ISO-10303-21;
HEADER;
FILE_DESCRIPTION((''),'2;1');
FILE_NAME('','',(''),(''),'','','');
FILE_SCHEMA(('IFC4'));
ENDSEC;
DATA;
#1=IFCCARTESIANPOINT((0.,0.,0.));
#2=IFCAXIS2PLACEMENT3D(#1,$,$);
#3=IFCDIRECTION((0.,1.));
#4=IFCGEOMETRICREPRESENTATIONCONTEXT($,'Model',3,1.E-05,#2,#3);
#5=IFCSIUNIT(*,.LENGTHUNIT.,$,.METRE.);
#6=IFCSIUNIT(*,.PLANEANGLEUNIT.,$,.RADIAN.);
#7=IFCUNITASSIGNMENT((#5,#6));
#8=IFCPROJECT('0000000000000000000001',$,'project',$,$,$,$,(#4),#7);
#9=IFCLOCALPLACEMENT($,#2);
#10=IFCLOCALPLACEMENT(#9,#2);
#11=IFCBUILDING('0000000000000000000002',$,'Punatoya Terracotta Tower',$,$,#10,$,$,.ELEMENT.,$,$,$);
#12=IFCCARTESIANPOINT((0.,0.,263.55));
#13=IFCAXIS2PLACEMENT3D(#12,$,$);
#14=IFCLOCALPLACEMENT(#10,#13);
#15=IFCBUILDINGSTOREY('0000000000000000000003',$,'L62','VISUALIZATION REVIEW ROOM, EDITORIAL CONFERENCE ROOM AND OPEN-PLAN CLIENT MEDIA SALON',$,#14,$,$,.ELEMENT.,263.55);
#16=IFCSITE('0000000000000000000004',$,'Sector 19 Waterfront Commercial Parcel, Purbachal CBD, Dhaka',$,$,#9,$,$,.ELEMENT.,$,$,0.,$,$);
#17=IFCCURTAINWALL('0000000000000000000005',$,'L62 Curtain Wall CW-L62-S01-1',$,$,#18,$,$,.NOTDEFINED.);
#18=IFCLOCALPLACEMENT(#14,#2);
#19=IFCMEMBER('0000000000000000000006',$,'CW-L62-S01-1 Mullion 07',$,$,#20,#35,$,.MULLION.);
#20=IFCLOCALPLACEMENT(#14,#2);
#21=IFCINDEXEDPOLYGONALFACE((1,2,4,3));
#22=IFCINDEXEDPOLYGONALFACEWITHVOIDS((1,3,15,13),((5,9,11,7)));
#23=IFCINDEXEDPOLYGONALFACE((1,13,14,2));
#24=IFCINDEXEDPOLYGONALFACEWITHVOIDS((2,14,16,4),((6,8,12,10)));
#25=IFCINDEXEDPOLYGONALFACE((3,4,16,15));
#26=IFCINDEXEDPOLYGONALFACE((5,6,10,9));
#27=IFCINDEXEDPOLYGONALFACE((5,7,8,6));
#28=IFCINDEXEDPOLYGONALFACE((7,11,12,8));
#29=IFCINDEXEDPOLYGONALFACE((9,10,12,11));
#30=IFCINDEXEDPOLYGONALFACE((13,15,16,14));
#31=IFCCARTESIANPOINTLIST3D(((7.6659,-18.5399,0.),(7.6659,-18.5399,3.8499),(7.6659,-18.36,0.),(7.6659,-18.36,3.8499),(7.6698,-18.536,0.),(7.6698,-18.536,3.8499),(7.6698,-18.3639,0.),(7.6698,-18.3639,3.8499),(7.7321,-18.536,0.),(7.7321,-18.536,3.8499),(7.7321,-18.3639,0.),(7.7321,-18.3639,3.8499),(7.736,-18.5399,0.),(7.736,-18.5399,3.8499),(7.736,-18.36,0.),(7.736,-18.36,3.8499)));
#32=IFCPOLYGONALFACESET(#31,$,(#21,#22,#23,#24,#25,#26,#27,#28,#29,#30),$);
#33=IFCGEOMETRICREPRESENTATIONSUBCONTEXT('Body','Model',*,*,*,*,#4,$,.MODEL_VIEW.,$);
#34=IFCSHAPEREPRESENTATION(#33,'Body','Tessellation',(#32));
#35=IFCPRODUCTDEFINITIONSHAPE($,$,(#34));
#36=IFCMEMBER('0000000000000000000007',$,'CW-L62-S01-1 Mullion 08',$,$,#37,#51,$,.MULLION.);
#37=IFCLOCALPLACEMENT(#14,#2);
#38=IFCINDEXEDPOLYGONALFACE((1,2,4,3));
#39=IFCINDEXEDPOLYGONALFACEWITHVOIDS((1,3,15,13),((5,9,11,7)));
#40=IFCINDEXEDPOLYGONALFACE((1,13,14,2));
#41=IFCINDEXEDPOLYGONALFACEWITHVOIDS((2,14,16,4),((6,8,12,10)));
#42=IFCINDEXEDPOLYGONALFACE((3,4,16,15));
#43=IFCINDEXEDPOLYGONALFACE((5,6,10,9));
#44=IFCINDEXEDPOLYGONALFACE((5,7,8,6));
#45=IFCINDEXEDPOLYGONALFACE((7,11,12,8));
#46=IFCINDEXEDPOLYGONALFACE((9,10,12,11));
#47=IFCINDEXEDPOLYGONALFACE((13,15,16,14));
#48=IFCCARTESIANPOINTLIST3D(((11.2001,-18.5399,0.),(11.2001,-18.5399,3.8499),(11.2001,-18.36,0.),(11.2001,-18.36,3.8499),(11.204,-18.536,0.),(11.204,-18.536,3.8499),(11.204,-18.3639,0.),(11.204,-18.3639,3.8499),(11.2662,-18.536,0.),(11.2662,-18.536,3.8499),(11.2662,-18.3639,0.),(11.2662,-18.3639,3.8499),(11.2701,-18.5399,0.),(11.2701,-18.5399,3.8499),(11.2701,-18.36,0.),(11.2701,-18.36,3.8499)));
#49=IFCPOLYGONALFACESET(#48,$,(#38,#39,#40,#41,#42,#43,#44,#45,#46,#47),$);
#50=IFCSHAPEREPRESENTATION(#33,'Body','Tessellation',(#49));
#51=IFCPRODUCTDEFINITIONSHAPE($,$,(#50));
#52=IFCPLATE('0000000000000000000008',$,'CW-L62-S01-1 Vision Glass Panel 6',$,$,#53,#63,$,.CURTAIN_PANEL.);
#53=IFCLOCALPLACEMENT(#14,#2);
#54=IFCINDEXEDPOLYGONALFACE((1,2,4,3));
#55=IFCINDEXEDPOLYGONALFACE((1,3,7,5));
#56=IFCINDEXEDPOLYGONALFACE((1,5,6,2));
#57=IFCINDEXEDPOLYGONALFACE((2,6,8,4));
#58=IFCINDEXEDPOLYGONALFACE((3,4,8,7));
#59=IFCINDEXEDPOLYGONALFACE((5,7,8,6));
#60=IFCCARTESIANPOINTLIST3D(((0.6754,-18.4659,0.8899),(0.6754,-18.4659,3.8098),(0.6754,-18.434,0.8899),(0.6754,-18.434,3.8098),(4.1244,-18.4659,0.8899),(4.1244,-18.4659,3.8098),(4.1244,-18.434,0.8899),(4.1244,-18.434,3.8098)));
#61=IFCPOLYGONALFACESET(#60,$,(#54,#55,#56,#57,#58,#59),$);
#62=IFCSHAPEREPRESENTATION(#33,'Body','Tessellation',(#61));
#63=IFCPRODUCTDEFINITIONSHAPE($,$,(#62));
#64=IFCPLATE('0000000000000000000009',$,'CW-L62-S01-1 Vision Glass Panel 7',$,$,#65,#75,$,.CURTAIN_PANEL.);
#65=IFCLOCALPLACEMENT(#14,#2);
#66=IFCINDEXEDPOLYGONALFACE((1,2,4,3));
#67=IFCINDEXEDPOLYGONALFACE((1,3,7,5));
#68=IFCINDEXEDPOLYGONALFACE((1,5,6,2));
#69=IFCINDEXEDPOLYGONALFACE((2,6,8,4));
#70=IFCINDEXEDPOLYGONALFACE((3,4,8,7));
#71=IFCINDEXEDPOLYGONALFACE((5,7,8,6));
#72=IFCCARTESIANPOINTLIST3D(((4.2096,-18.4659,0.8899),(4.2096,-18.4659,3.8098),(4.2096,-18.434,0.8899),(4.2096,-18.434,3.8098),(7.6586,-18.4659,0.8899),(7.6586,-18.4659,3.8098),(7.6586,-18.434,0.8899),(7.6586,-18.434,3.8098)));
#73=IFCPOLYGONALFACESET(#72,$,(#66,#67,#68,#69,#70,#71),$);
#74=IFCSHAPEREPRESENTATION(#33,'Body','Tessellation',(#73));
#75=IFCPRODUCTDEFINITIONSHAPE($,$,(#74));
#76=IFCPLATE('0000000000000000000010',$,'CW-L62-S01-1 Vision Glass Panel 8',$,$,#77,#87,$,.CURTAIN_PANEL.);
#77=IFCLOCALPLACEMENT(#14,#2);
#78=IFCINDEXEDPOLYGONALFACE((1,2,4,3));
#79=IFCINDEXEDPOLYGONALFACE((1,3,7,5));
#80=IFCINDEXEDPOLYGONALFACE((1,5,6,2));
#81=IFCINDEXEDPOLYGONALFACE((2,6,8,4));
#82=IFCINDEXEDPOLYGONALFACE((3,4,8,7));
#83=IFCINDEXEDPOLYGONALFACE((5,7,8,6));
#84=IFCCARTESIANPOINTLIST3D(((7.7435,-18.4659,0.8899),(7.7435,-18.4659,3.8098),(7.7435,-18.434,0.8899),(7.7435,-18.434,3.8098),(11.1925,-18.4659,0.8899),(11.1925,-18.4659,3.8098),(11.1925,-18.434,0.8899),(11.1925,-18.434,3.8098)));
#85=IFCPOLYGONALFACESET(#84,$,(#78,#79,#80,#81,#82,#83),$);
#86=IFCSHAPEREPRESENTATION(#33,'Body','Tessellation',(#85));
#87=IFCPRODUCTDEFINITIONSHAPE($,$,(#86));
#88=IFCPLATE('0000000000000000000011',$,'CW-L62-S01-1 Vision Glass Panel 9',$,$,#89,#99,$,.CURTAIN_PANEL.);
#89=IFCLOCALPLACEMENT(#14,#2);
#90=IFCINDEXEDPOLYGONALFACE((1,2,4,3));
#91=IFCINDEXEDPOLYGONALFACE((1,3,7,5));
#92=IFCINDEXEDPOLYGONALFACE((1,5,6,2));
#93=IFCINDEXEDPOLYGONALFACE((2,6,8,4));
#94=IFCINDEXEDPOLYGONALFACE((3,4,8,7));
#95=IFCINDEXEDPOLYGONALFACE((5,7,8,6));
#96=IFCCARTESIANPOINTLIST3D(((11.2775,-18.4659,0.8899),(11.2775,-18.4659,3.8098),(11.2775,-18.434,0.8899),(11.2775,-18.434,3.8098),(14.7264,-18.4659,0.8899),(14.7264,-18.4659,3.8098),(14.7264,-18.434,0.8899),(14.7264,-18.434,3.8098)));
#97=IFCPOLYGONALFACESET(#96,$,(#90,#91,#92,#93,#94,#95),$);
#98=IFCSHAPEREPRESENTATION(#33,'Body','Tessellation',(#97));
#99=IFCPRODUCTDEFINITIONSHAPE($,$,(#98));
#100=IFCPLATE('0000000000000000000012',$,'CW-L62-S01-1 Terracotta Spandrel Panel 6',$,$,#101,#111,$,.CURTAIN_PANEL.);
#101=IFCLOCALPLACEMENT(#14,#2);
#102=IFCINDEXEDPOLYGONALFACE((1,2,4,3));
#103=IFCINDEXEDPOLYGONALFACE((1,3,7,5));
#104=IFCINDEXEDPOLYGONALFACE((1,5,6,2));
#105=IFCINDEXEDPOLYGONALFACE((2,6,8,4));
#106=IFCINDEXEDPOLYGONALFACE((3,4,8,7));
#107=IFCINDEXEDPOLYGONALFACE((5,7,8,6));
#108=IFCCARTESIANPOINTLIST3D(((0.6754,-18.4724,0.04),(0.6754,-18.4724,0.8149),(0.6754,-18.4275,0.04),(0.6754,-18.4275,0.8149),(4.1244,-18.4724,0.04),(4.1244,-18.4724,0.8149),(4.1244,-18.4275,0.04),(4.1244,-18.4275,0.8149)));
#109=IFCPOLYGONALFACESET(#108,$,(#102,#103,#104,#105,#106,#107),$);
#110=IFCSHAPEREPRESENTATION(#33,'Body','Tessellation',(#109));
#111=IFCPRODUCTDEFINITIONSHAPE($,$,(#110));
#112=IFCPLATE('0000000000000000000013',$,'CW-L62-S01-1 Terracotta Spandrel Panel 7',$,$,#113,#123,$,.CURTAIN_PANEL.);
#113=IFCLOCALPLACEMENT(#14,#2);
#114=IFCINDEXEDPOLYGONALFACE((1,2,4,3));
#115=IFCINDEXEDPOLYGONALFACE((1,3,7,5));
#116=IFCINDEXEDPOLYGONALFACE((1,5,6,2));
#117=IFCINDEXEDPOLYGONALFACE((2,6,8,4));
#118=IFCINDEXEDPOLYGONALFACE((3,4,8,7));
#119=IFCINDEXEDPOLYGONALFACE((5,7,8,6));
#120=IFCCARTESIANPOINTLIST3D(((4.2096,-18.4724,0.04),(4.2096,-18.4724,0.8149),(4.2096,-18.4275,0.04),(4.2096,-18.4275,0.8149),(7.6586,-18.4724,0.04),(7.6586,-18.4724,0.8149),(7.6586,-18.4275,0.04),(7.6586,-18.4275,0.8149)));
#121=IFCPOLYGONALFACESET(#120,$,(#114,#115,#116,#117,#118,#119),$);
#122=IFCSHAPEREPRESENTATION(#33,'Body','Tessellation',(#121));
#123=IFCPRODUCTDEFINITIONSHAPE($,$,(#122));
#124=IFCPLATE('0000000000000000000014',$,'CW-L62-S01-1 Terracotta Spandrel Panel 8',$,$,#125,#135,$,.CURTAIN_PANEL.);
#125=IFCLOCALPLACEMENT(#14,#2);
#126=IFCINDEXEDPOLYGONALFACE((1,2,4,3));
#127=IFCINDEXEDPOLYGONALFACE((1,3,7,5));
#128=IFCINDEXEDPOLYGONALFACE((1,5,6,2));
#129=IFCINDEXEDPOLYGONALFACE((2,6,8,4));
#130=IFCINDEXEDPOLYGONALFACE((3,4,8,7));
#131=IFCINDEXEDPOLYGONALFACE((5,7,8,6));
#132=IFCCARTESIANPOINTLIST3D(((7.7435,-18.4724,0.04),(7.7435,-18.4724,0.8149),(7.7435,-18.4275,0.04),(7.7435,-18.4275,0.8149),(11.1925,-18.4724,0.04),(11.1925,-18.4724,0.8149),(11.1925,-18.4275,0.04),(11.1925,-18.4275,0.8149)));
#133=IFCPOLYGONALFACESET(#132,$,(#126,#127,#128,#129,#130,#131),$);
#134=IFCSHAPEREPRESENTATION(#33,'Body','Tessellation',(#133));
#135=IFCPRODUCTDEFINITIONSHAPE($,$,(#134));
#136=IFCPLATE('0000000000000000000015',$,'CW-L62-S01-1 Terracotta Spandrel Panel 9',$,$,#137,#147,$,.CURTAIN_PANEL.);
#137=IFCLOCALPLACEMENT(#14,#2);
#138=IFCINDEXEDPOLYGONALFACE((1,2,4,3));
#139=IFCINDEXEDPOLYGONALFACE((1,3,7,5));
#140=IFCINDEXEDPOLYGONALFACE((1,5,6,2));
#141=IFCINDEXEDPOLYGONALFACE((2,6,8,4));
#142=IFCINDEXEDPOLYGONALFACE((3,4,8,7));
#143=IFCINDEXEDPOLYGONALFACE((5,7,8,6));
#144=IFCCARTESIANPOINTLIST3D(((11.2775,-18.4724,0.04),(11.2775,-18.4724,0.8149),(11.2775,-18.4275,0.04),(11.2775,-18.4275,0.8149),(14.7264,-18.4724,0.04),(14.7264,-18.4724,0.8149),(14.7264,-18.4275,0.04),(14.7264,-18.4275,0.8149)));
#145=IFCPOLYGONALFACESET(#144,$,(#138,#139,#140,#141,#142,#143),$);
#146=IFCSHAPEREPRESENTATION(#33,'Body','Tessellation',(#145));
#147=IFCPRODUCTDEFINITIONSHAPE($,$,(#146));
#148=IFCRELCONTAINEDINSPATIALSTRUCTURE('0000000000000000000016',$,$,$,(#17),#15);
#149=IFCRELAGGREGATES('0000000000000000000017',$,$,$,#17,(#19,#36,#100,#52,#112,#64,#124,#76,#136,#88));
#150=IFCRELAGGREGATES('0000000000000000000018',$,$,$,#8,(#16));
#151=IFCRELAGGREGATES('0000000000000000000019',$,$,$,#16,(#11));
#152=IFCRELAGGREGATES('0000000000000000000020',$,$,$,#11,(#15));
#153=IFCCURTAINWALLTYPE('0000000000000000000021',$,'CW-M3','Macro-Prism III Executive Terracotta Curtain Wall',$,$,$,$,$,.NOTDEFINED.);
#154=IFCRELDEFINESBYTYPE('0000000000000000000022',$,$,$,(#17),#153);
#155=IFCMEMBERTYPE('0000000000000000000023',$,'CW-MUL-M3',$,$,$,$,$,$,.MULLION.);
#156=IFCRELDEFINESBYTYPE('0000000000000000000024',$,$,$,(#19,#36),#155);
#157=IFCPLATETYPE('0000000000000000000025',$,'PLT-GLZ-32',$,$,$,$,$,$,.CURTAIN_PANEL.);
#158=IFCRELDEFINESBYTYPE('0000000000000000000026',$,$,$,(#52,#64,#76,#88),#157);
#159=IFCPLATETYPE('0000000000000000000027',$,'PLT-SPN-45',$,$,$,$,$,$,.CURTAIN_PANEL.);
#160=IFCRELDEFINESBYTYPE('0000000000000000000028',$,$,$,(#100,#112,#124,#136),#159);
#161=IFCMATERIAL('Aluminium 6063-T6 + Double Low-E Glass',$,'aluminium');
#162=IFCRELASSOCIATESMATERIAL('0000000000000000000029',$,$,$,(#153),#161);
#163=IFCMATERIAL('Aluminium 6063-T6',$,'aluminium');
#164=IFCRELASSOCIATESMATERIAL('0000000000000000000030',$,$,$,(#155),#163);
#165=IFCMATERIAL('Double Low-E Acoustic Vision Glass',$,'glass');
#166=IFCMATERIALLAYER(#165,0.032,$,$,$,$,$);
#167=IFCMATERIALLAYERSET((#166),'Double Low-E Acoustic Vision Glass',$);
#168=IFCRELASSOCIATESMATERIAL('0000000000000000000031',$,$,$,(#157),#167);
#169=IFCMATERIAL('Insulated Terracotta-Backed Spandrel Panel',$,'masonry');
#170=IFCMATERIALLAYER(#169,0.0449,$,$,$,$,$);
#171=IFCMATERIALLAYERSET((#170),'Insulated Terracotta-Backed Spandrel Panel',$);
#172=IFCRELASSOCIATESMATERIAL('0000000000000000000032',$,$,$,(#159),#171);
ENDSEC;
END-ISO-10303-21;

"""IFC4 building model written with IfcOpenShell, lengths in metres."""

from ifc_helpers import new_model, si_unit, direction, frame, origin, origin_2d, place, context, subcontext, project, spatial, rectangle, hollow_rectangle, extrude, material, layer, layer_set, material_profile, profile_set, type_object, element, aggregate, save


model = new_model("IFC4")

# Units and contexts
model_context = context("Model", 3, precision=1e-05, world=origin(), true_north=direction((0.0, 1.0)))
body_context = subcontext(model_context, "Body", "Model", "MODEL_VIEW")
ifc_project = project(units=[si_unit("LENGTHUNIT", "METRE"), si_unit("PLANEANGLEUNIT", "RADIAN")], contexts=[model_context])

# Site, building, storey
site_placement = place(None, origin())
site = spatial("IfcSite", under=ifc_project, at=site_placement, Name="Sector 19 Waterfront Commercial Parcel, Purbachal CBD, Dhaka", CompositionType="ELEMENT", RefElevation=0.0)
building_placement = place(site_placement, origin())
building = spatial("IfcBuilding", under=site, at=building_placement, Name="Punatoya Terracotta Tower", CompositionType="ELEMENT")
storey_placement = place(building_placement, frame((0.0, 0.0, 263.55)))
storey = spatial("IfcBuildingStorey", under=building, at=storey_placement, Name="L62", Description="VISUALIZATION REVIEW ROOM, EDITORIAL CONFERENCE ROOM AND OPEN-PLAN CLIENT MEDIA SALON", CompositionType="ELEMENT", Elevation=263.55)

# Curtain wall, members, plates
ifc_material_1 = material(Name="Aluminium 6063-T6 + Double Low-E Glass", Category="aluminium")
curtain_wall_type = type_object("IfcCurtainWallType", Name="CW-M3", Description="Macro-Prism III Executive Terracotta Curtain Wall", PredefinedType="NOTDEFINED", material=ifc_material_1)
curtain_wall_placement = place(storey_placement, origin())
curtain_wall = element("IfcCurtainWall", 1, at=curtain_wall_placement, inside=storey, type_object=curtain_wall_type, Name="L62 Curtain Wall CW-L62-S01-1", PredefinedType="NOTDEFINED")
ifc_material_2 = material(Name="Aluminium 6063-T6", Category="aluminium")
ifc_material_profile_1 = material_profile(ifc_material_2, hollow_rectangle(XDim=0.0701, YDim=0.1799, WallThickness=0.0039, at=origin_2d()))
ifc_profile_set_1 = profile_set([ifc_material_profile_1], Name="Aluminium 6063-T6")
member_type = type_object("IfcMemberType", Name="CW-MUL-M3", PredefinedType="MULLION", material=ifc_profile_set_1)
member_1_placement = place(storey_placement, frame((7.7009, -18.45, 0.0), z_axis=(0.0, 0.0, 1.0), x_axis=(1.0, 0.0, 0.0)))
member_1 = element("IfcMember", 2, at=member_1_placement, type_object=member_type, Name="CW-L62-S01-1 Mullion 07", PredefinedType="MULLION", context=body_context, shape_type="SweptSolid", body=[
    extrude(hollow_rectangle(XDim=0.0701, YDim=0.1799, WallThickness=0.0039, at=origin_2d()), origin(), (0.0, 0.0, 1.0), 3.8499),
])
member_2_placement = place(storey_placement, frame((11.2351, -18.45, 0.0), z_axis=(0.0, 0.0, 1.0), x_axis=(1.0, 0.0, 0.0)))
member_2 = element("IfcMember", 3, at=member_2_placement, type_object=member_type, Name="CW-L62-S01-1 Mullion 08", PredefinedType="MULLION", context=body_context, shape_type="SweptSolid", body=[
    extrude(hollow_rectangle(XDim=0.0701, YDim=0.1799, WallThickness=0.0039, at=origin_2d()), origin(), (0.0, 0.0, 1.0), 3.8499),
])
ifc_material_3 = material(Name="Double Low-E Acoustic Vision Glass", Category="glass")
ifc_layer_1 = layer(ifc_material_3, 0.032)
ifc_layer_set_1 = layer_set([ifc_layer_1], Name="Double Low-E Acoustic Vision Glass")
plate_type_1 = type_object("IfcPlateType", Name="PLT-GLZ-32", PredefinedType="CURTAIN_PANEL", material=ifc_layer_set_1)
plate_1_placement = place(storey_placement, frame((2.3999, -18.45, 0.8899), z_axis=(0.0, 0.0, 1.0), x_axis=(1.0, 0.0, 0.0)))
plate_1 = element("IfcPlate", 4, at=plate_1_placement, type_object=plate_type_1, Name="CW-L62-S01-1 Vision Glass Panel 6", PredefinedType="CURTAIN_PANEL", context=body_context, shape_type="SweptSolid", body=[
    extrude(rectangle(XDim=3.449, YDim=0.032, at=origin_2d()), origin(), (0.0, 0.0, 1.0), 2.9199),
])
plate_2_placement = place(storey_placement, frame((5.9341, -18.45, 0.8899), z_axis=(0.0, 0.0, 1.0), x_axis=(1.0, 0.0, 0.0)))
plate_2 = element("IfcPlate", 5, at=plate_2_placement, type_object=plate_type_1, Name="CW-L62-S01-1 Vision Glass Panel 7", PredefinedType="CURTAIN_PANEL", context=body_context, shape_type="SweptSolid", body=[
    extrude(rectangle(XDim=3.449, YDim=0.032, at=origin_2d()), origin(), (0.0, 0.0, 1.0), 2.9199),
])
plate_3_placement = place(storey_placement, frame((9.468, -18.45, 0.8899), z_axis=(0.0, 0.0, 1.0), x_axis=(1.0, 0.0, 0.0)))
plate_3 = element("IfcPlate", 6, at=plate_3_placement, type_object=plate_type_1, Name="CW-L62-S01-1 Vision Glass Panel 8", PredefinedType="CURTAIN_PANEL", context=body_context, shape_type="SweptSolid", body=[
    extrude(rectangle(XDim=3.449, YDim=0.032, at=origin_2d()), origin(), (0.0, 0.0, 1.0), 2.9199),
])
plate_4_placement = place(storey_placement, frame((13.002, -18.45, 0.8899), z_axis=(0.0, 0.0, 1.0), x_axis=(1.0, 0.0, 0.0)))
plate_4 = element("IfcPlate", 7, at=plate_4_placement, type_object=plate_type_1, Name="CW-L62-S01-1 Vision Glass Panel 9", PredefinedType="CURTAIN_PANEL", context=body_context, shape_type="SweptSolid", body=[
    extrude(rectangle(XDim=3.449, YDim=0.032, at=origin_2d()), origin(), (0.0, 0.0, 1.0), 2.9199),
])
ifc_material_4 = material(Name="Insulated Terracotta-Backed Spandrel Panel", Category="masonry")
ifc_layer_2 = layer(ifc_material_4, 0.0449)
ifc_layer_set_2 = layer_set([ifc_layer_2], Name="Insulated Terracotta-Backed Spandrel Panel")
plate_type_2 = type_object("IfcPlateType", Name="PLT-SPN-45", PredefinedType="CURTAIN_PANEL", material=ifc_layer_set_2)
plate_5_placement = place(storey_placement, frame((2.3999, -18.45, 0.04), z_axis=(0.0, 0.0, 1.0), x_axis=(1.0, 0.0, 0.0)))
plate_5 = element("IfcPlate", 8, at=plate_5_placement, type_object=plate_type_2, Name="CW-L62-S01-1 Terracotta Spandrel Panel 6", PredefinedType="CURTAIN_PANEL", context=body_context, shape_type="SweptSolid", body=[
    extrude(rectangle(XDim=3.449, YDim=0.0449, at=origin_2d()), origin(), (0.0, 0.0, 1.0), 0.7749),
])
plate_6_placement = place(storey_placement, frame((5.9341, -18.45, 0.04), z_axis=(0.0, 0.0, 1.0), x_axis=(1.0, 0.0, 0.0)))
plate_6 = element("IfcPlate", 9, at=plate_6_placement, type_object=plate_type_2, Name="CW-L62-S01-1 Terracotta Spandrel Panel 7", PredefinedType="CURTAIN_PANEL", context=body_context, shape_type="SweptSolid", body=[
    extrude(rectangle(XDim=3.449, YDim=0.0449, at=origin_2d()), origin(), (0.0, 0.0, 1.0), 0.7749),
])
plate_7_placement = place(storey_placement, frame((9.468, -18.45, 0.04), z_axis=(0.0, 0.0, 1.0), x_axis=(1.0, 0.0, 0.0)))
plate_7 = element("IfcPlate", 10, at=plate_7_placement, type_object=plate_type_2, Name="CW-L62-S01-1 Terracotta Spandrel Panel 8", PredefinedType="CURTAIN_PANEL", context=body_context, shape_type="SweptSolid", body=[
    extrude(rectangle(XDim=3.449, YDim=0.0449, at=origin_2d()), origin(), (0.0, 0.0, 1.0), 0.7749),
])
plate_8_placement = place(storey_placement, frame((13.002, -18.45, 0.04), z_axis=(0.0, 0.0, 1.0), x_axis=(1.0, 0.0, 0.0)))
plate_8 = element("IfcPlate", 11, at=plate_8_placement, type_object=plate_type_2, Name="CW-L62-S01-1 Terracotta Spandrel Panel 9", PredefinedType="CURTAIN_PANEL", context=body_context, shape_type="SweptSolid", body=[
    extrude(rectangle(XDim=3.449, YDim=0.0449, at=origin_2d()), origin(), (0.0, 0.0, 1.0), 0.7749),
])
aggregate(curtain_wall, [member_1, member_2, plate_5, plate_1, plate_6, plate_2, plate_7, plate_3, plate_8, plate_4])

save(model, "model.ifc")
